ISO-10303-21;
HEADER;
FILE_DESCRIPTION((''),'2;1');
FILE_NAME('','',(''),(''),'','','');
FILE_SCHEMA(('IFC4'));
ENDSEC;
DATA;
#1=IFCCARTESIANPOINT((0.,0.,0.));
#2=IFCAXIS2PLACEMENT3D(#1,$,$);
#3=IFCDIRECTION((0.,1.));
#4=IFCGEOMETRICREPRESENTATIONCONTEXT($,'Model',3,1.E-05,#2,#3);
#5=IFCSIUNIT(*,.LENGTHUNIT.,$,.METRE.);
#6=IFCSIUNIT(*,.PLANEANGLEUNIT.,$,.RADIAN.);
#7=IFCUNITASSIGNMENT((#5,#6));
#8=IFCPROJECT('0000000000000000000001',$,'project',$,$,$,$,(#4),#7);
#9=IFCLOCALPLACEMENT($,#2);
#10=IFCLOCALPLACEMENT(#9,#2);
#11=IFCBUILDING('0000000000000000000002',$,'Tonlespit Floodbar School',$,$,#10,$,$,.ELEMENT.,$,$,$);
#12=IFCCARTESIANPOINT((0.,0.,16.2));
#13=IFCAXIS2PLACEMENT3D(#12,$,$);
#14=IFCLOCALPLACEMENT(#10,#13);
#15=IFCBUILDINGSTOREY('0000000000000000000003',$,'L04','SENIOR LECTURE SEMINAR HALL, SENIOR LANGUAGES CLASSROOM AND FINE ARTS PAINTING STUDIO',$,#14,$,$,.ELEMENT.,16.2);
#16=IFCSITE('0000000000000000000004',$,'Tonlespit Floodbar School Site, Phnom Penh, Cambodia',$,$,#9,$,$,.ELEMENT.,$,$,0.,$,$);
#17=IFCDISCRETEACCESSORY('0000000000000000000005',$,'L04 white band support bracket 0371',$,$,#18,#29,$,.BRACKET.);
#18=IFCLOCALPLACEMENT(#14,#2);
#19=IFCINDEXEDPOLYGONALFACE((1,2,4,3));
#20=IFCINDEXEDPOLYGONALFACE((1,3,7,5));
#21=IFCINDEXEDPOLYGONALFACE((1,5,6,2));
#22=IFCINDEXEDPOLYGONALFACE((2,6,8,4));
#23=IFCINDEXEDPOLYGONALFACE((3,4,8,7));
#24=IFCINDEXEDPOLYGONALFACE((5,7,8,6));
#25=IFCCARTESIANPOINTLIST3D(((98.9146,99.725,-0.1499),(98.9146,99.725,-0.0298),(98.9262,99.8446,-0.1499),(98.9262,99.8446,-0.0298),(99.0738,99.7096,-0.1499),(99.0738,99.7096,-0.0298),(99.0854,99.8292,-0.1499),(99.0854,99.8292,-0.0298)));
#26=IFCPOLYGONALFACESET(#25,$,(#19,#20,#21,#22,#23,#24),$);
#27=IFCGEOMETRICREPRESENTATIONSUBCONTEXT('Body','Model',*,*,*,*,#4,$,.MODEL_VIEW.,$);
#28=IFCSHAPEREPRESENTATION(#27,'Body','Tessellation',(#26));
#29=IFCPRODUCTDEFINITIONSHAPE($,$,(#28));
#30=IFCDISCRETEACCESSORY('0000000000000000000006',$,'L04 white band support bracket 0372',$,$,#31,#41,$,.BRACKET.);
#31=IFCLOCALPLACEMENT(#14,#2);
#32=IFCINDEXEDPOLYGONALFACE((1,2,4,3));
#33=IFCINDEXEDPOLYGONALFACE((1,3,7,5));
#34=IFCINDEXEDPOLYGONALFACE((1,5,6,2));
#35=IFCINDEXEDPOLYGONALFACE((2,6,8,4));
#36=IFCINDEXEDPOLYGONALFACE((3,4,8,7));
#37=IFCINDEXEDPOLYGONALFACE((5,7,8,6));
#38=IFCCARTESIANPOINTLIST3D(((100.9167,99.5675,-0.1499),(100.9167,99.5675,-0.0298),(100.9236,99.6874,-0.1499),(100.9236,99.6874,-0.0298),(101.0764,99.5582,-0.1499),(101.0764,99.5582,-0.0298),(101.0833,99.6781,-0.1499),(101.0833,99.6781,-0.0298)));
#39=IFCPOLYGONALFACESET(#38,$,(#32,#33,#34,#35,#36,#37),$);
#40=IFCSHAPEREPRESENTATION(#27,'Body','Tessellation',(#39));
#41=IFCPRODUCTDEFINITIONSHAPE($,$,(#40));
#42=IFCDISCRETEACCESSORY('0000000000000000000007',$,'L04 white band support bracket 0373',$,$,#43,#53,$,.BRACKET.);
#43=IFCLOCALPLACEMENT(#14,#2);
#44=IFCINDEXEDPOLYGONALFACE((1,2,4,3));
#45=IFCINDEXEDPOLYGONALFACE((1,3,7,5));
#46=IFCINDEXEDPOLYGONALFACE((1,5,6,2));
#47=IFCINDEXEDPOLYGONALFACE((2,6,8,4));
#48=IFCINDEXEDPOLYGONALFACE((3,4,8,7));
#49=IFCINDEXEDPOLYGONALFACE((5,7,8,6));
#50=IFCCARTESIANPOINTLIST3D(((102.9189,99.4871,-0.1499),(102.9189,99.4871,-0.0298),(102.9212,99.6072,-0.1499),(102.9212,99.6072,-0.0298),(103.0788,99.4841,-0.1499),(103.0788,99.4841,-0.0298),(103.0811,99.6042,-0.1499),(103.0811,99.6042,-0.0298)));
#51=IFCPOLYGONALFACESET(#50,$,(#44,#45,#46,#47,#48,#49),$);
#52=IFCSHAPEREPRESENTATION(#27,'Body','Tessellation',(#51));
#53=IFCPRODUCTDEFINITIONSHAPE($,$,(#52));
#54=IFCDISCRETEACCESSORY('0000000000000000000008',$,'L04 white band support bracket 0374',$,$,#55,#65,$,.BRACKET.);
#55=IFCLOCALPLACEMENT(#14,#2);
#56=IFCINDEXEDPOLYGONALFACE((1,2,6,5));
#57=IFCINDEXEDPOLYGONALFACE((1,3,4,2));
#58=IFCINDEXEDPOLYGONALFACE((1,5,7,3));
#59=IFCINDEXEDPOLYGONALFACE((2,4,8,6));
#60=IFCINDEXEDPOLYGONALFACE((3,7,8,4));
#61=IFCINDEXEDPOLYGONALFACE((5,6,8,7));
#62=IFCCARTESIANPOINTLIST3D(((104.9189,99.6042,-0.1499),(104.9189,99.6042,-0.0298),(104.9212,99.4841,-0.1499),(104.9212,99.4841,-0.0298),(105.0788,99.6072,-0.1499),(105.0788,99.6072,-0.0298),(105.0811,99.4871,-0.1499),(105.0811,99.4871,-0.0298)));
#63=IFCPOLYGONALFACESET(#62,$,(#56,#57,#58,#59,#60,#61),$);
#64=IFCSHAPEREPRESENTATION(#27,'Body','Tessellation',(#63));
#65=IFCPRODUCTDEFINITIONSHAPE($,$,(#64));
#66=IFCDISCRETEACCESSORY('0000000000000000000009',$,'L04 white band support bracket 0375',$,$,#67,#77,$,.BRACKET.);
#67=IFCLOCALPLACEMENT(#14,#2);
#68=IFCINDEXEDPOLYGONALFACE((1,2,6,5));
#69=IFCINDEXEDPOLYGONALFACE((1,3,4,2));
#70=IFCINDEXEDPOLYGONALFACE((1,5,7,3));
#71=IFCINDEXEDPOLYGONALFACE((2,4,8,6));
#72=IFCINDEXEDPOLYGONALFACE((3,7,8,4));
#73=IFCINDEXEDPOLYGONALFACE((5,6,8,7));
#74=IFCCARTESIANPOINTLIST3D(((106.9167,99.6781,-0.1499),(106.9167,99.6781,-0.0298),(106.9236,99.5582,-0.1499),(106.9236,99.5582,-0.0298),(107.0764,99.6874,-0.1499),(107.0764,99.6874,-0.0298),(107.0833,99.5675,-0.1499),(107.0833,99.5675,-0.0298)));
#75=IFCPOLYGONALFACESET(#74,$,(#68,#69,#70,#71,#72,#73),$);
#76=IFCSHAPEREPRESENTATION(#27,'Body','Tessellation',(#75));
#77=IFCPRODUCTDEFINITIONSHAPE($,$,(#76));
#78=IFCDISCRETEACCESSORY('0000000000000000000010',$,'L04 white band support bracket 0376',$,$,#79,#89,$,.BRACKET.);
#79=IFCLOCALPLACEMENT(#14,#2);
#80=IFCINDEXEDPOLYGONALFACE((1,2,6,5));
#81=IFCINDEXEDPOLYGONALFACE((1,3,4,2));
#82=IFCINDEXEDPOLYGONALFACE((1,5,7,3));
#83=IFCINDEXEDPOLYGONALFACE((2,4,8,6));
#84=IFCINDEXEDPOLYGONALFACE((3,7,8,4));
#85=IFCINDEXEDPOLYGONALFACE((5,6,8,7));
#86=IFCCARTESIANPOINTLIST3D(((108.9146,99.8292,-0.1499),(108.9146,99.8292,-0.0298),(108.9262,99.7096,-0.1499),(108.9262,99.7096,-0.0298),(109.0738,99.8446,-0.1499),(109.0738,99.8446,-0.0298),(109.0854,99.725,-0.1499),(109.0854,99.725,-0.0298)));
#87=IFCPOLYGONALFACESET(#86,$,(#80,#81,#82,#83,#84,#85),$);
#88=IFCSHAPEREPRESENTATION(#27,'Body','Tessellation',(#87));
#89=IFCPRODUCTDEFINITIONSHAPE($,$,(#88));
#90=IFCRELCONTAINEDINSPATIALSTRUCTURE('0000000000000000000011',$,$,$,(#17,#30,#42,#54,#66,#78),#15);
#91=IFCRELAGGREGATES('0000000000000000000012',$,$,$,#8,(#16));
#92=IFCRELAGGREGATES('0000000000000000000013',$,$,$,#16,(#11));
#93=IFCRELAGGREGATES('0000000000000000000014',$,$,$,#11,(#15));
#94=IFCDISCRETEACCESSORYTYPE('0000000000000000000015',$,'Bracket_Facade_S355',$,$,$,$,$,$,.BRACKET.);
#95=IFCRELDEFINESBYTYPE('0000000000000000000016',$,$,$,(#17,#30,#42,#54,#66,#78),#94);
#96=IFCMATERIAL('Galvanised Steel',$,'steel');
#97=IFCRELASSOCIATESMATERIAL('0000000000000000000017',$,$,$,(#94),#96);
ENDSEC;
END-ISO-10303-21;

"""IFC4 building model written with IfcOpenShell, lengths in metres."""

from ifc_helpers import new_model, si_unit, direction, frame, origin, origin_2d, place, context, subcontext, project, spatial, rectangle, extrude, material, type_object, element, save


model = new_model("IFC4")

# Units and contexts
model_context = context("Model", 3, precision=1e-05, world=origin(), true_north=direction((0.0, 1.0)))
body_context = subcontext(model_context, "Body", "Model", "MODEL_VIEW")
ifc_project = project(units=[si_unit("LENGTHUNIT", "METRE"), si_unit("PLANEANGLEUNIT", "RADIAN")], contexts=[model_context])

# Site, building, storey
site_placement = place(None, origin())
site = spatial("IfcSite", under=ifc_project, at=site_placement, Name="Tonlespit Floodbar School Site, Phnom Penh, Cambodia", CompositionType="ELEMENT", RefElevation=0.0)
building_placement = place(site_placement, origin())
building = spatial("IfcBuilding", under=site, at=building_placement, Name="Tonlespit Floodbar School", CompositionType="ELEMENT")
storey_placement = place(building_placement, frame((0.0, 0.0, 16.2)))
storey = spatial("IfcBuildingStorey", under=building, at=storey_placement, Name="L04", Description="SENIOR LECTURE SEMINAR HALL, SENIOR LANGUAGES CLASSROOM AND FINE ARTS PAINTING STUDIO", CompositionType="ELEMENT", Elevation=16.2)

# Discrete accessories
ifc_material_1 = material(Name="Galvanised Steel", Category="steel")
discrete_accessory_type = type_object("IfcDiscreteAccessoryType", Name="Bracket_Facade_S355", PredefinedType="BRACKET", material=ifc_material_1)
for number, where, z_axis, x_axis, name in (
    (1, (99.0, 99.7771, -0.1499), (0.0, 0.0, 1.0), (0.995362, -0.096202, 0.0), "L04 white band support bracket 0371"),
    (2, (101.0, 99.6228, -0.1499), (0.0, 0.0, 1.0), (0.998334, -0.057703, 0.0), "L04 white band support bracket 0372"),
    (3, (103.0, 99.5457, -0.1499), (0.0, 0.0, 1.0), (0.999815, -0.019246, 0.0), "L04 white band support bracket 0373"),
    (4, (105.0, 99.5457, -0.1499), (0.0, 0.0, 1.0), (0.999815, 0.019246, 0.0), "L04 white band support bracket 0374"),
    (5, (107.0, 99.6228, -0.1499), (0.0, 0.0, 1.0), (0.998334, 0.057703, 0.0), "L04 white band support bracket 0375"),
    (6, (109.0, 99.7771, -0.1499), (0.0, 0.0, 1.0), (0.995362, 0.096202, 0.0), "L04 white band support bracket 0376"),
):
    element("IfcDiscreteAccessory", number, at=place(storey_placement, frame(where, z_axis=z_axis, x_axis=x_axis)), inside=storey, type_object=discrete_accessory_type, Name=name, PredefinedType="BRACKET", context=body_context, shape_type="SweptSolid", body=[
        extrude(rectangle(XDim=0.1599, YDim=0.1201, at=origin_2d()), origin(), (0.0, 0.0, 1.0), 0.1201),
    ])

save(model, "model.ifc")
